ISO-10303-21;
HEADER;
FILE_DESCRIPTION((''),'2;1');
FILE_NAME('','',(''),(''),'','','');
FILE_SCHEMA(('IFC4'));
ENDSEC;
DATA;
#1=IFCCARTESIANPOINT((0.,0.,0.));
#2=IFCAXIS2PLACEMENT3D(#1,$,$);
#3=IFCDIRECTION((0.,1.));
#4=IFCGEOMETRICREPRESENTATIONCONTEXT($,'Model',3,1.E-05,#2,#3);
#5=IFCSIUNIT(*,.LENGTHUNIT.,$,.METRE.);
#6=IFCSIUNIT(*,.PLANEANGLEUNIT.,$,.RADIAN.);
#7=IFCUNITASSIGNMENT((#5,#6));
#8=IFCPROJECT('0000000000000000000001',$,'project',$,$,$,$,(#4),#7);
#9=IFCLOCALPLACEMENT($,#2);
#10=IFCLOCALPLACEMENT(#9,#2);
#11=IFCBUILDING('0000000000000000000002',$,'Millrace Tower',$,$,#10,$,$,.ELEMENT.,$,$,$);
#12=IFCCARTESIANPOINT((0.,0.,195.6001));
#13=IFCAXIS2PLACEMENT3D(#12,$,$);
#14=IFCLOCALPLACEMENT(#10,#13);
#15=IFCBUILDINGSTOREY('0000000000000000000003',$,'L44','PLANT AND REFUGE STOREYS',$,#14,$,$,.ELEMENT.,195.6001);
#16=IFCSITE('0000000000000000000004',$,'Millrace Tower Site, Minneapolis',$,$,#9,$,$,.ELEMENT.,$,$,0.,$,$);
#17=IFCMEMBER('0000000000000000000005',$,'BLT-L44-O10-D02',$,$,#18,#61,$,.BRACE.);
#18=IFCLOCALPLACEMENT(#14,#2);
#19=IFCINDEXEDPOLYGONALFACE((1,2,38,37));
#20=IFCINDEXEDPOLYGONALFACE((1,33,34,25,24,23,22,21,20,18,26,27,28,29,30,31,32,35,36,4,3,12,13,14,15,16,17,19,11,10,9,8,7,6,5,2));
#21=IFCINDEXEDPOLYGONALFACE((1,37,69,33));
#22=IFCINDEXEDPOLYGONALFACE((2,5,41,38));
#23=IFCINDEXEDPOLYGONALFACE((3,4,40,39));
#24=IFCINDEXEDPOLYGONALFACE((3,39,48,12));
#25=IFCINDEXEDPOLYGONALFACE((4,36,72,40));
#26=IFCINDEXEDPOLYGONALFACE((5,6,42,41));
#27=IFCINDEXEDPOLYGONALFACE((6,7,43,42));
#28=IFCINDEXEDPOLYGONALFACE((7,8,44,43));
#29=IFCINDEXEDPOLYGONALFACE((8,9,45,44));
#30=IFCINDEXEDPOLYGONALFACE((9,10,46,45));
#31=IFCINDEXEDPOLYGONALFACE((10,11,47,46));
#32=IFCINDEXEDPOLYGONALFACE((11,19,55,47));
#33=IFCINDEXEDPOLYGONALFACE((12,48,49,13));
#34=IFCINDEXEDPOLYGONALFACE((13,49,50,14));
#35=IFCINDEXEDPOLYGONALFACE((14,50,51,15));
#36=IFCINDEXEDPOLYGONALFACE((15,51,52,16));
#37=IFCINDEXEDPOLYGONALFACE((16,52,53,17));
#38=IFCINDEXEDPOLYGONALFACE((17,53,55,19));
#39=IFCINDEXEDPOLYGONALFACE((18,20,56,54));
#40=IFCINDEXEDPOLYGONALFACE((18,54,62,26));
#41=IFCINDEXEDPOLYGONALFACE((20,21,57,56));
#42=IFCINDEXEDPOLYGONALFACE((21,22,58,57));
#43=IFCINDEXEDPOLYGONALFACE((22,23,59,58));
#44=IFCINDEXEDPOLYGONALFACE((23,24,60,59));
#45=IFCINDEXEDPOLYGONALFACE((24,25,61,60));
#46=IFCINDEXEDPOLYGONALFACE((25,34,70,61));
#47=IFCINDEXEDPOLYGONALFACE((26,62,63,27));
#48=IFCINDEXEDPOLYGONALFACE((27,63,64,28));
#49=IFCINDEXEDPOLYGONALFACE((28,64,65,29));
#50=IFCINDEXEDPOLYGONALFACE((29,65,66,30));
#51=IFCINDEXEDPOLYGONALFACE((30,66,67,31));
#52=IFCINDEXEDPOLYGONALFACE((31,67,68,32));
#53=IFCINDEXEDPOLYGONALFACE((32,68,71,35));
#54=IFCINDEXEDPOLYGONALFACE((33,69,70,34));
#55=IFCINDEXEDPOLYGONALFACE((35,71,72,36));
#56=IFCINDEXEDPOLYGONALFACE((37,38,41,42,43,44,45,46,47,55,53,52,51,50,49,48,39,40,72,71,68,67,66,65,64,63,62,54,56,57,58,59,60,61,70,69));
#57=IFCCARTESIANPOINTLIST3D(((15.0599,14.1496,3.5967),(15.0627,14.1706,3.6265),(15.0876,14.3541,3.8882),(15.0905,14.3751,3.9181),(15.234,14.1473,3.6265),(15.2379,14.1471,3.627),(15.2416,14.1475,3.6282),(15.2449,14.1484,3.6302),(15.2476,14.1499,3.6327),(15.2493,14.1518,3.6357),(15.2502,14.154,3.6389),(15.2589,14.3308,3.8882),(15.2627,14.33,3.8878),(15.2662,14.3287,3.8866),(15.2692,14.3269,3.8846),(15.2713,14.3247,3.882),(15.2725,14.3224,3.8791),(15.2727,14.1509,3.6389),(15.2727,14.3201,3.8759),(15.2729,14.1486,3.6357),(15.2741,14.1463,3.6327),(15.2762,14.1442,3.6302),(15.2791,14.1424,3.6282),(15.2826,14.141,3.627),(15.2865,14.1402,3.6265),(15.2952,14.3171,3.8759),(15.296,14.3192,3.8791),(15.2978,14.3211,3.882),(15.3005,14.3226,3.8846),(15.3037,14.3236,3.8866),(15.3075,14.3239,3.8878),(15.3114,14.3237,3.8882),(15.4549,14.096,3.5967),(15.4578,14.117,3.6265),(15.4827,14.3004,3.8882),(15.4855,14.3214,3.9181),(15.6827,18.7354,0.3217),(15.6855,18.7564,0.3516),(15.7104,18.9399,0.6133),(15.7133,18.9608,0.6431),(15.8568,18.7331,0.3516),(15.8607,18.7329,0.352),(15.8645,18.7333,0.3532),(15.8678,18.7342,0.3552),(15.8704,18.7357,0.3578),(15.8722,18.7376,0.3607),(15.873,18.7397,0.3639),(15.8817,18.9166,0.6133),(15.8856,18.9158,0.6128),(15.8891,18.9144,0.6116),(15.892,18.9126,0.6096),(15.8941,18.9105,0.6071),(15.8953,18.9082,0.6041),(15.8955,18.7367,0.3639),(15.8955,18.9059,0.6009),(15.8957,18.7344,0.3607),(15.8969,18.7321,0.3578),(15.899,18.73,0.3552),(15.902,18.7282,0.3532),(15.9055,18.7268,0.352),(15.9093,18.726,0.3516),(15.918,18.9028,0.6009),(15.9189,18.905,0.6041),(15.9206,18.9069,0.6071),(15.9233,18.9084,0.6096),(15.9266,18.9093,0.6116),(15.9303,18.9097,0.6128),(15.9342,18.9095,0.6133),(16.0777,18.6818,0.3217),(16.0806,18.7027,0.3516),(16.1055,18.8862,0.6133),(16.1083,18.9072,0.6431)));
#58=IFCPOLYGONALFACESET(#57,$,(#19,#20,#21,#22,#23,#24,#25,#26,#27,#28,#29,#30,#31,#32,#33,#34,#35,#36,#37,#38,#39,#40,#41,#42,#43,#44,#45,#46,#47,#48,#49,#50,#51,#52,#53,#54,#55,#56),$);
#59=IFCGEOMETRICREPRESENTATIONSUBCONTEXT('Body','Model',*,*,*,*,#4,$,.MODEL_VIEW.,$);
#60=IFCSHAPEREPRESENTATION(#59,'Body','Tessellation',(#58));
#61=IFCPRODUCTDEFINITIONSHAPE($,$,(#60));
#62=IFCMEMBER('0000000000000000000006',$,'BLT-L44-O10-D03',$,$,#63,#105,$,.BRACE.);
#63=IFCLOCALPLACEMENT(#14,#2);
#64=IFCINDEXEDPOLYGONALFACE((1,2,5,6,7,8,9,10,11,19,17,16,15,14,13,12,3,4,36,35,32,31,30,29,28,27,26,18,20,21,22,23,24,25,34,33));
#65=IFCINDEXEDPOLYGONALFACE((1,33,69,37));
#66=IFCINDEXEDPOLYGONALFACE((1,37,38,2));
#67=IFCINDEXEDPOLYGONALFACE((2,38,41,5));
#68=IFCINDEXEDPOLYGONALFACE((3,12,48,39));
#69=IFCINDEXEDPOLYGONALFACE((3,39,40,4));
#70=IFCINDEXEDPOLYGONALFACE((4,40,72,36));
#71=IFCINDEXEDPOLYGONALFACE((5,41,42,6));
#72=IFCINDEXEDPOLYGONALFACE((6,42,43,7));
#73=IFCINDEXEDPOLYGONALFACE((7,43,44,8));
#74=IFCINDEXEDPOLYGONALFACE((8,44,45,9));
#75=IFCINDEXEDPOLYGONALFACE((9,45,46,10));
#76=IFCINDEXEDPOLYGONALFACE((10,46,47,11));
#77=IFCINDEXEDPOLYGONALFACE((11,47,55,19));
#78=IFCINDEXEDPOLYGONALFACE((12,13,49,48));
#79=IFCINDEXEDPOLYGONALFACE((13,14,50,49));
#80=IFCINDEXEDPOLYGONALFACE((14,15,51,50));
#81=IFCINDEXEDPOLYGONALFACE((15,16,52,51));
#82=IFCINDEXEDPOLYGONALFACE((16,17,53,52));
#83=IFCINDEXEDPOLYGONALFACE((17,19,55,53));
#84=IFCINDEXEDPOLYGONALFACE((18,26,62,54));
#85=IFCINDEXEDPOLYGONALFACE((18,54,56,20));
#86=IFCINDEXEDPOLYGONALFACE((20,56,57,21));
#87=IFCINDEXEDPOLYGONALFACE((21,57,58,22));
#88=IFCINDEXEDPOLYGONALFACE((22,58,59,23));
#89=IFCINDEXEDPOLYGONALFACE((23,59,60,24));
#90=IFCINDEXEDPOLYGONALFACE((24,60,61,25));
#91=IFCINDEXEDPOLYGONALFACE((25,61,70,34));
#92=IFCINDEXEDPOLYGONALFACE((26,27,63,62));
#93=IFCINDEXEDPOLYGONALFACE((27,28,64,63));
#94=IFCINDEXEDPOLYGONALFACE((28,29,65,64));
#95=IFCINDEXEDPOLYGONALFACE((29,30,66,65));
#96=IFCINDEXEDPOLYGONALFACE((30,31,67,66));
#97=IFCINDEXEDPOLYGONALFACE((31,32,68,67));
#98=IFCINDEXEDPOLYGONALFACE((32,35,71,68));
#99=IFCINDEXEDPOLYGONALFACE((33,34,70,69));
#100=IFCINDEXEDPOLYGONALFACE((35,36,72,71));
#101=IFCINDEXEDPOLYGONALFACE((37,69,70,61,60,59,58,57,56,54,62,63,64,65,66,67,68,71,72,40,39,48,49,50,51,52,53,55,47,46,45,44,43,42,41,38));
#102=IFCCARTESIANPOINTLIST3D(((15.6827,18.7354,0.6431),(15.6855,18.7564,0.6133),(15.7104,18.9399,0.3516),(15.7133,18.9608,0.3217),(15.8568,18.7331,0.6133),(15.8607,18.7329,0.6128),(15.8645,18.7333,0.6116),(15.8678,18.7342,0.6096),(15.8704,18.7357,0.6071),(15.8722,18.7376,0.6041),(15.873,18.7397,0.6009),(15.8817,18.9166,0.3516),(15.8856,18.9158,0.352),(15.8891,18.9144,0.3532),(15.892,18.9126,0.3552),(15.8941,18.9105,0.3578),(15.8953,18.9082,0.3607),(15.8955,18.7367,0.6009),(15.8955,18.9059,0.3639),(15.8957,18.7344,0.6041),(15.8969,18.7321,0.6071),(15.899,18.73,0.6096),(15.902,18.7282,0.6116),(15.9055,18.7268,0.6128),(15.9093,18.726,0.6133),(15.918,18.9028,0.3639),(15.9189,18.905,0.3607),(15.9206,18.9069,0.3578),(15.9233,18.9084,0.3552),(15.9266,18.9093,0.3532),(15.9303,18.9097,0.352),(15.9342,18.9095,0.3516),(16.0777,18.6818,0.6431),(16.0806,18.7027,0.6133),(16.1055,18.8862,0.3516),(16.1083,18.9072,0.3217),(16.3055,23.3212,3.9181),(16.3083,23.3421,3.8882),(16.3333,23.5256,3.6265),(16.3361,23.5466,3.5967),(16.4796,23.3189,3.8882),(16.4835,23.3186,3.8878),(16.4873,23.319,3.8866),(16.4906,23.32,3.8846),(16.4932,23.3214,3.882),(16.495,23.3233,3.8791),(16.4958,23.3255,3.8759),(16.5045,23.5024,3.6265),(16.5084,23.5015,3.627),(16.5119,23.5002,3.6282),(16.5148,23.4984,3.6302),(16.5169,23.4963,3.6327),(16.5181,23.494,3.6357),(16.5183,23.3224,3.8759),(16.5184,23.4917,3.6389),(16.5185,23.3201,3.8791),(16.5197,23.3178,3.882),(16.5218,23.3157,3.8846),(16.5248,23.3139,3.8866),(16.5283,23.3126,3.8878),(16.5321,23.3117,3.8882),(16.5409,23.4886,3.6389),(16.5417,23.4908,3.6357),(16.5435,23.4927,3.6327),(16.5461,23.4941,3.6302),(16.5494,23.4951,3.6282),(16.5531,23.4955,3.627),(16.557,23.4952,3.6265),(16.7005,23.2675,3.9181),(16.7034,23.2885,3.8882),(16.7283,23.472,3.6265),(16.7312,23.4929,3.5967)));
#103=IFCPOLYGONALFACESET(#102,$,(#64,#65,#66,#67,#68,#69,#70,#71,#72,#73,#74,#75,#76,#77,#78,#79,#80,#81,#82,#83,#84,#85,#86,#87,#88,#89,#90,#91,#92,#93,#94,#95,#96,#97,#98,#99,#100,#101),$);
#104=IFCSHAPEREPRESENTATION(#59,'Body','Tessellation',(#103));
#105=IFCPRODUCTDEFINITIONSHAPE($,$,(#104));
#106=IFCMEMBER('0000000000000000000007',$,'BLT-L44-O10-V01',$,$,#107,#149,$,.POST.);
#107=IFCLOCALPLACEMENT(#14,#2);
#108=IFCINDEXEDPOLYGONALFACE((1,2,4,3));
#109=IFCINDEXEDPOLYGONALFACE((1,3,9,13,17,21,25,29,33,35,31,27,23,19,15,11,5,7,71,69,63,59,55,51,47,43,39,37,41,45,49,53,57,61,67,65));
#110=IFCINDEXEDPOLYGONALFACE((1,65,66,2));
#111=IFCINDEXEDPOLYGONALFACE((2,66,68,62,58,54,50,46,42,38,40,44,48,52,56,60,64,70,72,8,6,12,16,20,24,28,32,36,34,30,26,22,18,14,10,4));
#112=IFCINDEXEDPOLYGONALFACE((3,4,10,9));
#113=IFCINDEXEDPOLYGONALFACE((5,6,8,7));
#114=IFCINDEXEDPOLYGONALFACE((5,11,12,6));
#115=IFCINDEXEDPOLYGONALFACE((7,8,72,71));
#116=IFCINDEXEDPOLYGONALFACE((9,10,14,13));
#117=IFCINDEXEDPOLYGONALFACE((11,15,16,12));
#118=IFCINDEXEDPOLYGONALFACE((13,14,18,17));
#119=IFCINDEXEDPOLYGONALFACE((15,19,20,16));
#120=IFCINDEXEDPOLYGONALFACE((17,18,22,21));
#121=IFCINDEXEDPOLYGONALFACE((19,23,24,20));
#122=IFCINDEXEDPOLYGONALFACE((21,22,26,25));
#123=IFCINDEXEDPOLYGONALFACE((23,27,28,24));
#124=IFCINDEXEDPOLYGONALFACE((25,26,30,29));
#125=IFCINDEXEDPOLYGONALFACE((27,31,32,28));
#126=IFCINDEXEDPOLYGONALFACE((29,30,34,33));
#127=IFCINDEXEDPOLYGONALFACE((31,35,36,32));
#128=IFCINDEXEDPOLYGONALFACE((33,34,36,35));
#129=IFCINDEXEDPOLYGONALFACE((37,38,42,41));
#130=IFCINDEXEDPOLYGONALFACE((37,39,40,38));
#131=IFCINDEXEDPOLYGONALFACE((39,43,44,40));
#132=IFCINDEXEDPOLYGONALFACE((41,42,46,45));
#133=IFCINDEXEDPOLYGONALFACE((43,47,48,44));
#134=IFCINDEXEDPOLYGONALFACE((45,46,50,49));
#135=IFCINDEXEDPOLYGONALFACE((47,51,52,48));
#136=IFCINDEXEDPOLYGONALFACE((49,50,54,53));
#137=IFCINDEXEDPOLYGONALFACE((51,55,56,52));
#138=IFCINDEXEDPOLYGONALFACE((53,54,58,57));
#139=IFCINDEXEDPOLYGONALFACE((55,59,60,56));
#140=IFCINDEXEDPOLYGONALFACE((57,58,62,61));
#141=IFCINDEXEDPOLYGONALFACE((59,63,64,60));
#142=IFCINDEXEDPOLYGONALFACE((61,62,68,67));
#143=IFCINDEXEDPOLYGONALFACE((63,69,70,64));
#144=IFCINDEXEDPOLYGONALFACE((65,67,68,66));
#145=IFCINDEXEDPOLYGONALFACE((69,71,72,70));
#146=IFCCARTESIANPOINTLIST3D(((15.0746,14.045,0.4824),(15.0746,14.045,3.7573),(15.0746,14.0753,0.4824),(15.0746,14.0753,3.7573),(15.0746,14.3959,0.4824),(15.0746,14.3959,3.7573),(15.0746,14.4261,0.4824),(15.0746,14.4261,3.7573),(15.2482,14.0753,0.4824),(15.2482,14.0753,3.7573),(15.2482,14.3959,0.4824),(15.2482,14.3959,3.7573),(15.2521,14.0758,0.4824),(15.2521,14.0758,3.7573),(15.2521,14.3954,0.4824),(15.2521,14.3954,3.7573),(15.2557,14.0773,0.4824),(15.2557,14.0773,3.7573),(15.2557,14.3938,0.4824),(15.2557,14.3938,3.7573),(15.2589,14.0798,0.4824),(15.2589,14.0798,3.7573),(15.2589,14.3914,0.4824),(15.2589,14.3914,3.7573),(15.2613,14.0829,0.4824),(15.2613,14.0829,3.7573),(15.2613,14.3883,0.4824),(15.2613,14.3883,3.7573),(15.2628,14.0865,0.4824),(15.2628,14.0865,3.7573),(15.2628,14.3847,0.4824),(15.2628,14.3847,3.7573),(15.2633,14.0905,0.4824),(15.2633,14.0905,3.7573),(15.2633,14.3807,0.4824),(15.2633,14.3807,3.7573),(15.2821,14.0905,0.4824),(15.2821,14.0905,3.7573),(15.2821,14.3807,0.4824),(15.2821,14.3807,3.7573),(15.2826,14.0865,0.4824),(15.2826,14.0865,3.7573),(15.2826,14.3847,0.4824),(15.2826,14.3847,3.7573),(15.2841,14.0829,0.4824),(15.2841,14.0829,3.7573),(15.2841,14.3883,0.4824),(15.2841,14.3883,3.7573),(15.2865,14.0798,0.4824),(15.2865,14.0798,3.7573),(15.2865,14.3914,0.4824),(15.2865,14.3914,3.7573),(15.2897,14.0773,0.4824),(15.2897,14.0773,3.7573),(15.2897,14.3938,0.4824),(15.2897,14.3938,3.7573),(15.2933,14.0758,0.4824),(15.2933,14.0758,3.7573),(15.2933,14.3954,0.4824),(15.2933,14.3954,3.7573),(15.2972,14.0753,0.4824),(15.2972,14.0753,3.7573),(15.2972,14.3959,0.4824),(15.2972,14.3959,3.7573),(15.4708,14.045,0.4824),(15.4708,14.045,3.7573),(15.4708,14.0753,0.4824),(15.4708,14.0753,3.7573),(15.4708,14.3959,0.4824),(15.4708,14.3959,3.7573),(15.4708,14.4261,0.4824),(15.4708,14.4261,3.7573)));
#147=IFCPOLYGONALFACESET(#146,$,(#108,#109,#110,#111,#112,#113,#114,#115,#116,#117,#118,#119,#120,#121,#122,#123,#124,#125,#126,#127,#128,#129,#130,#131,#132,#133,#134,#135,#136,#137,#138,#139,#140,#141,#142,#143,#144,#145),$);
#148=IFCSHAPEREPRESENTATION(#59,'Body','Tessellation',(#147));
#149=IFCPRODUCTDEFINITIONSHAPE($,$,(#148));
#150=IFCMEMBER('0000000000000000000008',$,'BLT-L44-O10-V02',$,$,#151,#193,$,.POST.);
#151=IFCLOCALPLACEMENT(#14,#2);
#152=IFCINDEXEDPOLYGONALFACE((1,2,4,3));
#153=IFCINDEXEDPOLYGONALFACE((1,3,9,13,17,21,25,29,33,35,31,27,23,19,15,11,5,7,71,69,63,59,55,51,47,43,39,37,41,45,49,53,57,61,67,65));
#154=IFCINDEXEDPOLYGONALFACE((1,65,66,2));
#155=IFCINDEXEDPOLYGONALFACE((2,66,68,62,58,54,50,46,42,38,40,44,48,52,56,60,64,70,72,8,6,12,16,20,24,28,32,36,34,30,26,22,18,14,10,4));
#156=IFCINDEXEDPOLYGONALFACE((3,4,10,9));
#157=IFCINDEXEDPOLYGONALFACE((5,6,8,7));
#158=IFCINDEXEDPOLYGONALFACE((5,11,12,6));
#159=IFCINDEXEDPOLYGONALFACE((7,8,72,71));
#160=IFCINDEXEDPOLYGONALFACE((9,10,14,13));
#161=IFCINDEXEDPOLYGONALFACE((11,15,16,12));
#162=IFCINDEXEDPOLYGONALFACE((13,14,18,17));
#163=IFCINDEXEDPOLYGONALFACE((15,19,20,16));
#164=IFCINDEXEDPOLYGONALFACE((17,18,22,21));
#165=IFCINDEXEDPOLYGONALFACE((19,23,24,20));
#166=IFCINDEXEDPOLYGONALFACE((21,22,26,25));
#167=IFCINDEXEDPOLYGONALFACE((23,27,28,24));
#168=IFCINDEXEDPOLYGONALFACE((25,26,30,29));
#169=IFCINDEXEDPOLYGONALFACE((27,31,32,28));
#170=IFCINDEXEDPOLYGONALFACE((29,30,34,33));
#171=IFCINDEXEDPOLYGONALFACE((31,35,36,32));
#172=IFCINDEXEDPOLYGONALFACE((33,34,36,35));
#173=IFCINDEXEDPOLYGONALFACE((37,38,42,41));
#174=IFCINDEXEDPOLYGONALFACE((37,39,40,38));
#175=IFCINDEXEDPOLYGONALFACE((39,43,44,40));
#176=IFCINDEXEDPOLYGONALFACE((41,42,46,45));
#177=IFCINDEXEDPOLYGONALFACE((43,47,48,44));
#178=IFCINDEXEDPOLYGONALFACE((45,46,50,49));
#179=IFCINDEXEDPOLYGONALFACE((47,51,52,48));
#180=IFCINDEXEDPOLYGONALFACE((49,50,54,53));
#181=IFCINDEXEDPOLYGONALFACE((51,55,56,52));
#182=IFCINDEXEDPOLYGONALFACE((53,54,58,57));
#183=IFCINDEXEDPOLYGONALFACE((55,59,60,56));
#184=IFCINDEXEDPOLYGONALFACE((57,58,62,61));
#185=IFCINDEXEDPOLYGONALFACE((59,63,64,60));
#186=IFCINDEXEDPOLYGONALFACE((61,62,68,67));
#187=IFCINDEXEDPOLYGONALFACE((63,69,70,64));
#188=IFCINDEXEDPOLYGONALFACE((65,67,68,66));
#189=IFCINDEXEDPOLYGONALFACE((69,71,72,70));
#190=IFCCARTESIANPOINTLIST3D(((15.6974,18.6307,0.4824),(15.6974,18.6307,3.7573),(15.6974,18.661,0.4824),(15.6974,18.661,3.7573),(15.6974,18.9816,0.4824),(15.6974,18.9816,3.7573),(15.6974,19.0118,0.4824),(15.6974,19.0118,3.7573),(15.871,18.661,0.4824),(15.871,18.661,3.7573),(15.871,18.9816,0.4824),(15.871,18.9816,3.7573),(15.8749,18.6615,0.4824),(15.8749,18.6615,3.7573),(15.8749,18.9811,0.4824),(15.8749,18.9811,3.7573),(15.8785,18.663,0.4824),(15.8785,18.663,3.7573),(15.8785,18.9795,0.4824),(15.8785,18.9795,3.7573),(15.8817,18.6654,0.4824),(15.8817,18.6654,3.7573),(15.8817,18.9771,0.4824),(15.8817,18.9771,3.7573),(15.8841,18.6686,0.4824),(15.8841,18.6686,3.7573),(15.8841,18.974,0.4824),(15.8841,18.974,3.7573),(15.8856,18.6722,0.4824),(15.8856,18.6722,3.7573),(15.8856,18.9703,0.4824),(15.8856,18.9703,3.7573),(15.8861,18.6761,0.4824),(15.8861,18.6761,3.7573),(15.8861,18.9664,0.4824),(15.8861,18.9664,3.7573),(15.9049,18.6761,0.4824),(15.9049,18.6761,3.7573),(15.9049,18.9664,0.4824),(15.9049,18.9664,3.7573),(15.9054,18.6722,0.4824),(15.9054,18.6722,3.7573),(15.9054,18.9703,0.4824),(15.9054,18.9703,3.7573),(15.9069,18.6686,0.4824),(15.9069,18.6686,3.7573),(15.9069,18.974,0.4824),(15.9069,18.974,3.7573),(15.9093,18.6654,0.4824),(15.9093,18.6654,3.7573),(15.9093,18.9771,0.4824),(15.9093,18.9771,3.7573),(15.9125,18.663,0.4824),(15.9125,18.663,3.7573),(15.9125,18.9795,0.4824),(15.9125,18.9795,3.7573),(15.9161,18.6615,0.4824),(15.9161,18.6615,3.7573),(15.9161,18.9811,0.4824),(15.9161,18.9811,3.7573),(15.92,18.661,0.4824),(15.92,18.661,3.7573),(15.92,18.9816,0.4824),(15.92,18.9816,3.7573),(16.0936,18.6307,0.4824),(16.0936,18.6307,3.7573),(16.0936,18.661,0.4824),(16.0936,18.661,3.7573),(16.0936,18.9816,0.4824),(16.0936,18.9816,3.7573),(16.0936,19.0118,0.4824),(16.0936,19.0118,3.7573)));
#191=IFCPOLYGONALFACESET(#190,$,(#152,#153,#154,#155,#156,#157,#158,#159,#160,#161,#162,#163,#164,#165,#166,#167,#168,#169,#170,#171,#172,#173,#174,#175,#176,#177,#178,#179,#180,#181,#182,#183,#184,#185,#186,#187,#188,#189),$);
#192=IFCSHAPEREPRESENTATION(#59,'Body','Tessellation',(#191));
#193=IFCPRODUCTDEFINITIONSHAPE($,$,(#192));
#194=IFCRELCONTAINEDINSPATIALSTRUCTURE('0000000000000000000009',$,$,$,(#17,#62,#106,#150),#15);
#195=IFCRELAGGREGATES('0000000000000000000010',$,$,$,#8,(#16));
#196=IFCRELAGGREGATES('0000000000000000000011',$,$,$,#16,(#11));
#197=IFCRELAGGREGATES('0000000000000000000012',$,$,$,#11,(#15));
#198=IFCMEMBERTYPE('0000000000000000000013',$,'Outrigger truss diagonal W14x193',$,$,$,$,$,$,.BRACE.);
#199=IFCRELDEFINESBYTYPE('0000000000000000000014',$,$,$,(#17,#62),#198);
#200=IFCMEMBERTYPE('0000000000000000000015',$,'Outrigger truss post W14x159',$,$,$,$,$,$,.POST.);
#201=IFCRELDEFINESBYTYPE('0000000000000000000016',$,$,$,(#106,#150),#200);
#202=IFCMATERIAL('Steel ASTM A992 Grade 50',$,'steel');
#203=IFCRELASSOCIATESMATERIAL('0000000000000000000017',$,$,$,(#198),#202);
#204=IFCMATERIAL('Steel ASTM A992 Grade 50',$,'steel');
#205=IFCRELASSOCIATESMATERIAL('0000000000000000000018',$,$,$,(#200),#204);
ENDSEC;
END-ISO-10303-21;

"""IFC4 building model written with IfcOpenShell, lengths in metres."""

from ifc_helpers import new_model, si_unit, direction, frame, origin, origin_2d, place, context, subcontext, project, spatial, i_section, extrude, material, material_profile, profile_set, type_object, element, save


model = new_model("IFC4")

# Units and contexts
model_context = context("Model", 3, precision=1e-05, world=origin(), true_north=direction((0.0, 1.0)))
body_context = subcontext(model_context, "Body", "Model", "MODEL_VIEW")
ifc_project = project(units=[si_unit("LENGTHUNIT", "METRE"), si_unit("PLANEANGLEUNIT", "RADIAN")], contexts=[model_context])

# Site, building, storey
site_placement = place(None, origin())
site = spatial("IfcSite", under=ifc_project, at=site_placement, Name="Millrace Tower Site, Minneapolis", CompositionType="ELEMENT", RefElevation=0.0)
building_placement = place(site_placement, origin())
building = spatial("IfcBuilding", under=site, at=building_placement, Name="Millrace Tower", CompositionType="ELEMENT")
storey_placement = place(building_placement, frame((0.0, 0.0, 195.6001)))
storey = spatial("IfcBuildingStorey", under=building, at=storey_placement, Name="L44", Description="PLANT AND REFUGE STOREYS", CompositionType="ELEMENT", Elevation=195.6001)

# Members
ifc_material_1 = material(Name="Steel ASTM A992 Grade 50", Category="steel")
ifc_material_profile_1 = material_profile(ifc_material_1, i_section(OverallWidth=0.3987, OverallDepth=0.3938, WebThickness=0.0227, FlangeThickness=0.0366, FilletRadius=0.0151, at=origin_2d()))
ifc_profile_set_1 = profile_set([ifc_material_profile_1], Name="Steel ASTM A992 Grade 50")
member_type_1 = type_object("IfcMemberType", Name="Outrigger truss diagonal W14x193", PredefinedType="BRACE", material=ifc_profile_set_1)
for number, where, z_axis, x_axis, name in (
    (1, (15.8955, 18.8213, 0.4824), (-0.109854, -0.808858, 0.577651), (0.990903, -0.134579, 0.0), "BLT-L44-O10-D02"),
    (2, (15.8955, 18.8213, 0.4824), (0.109854, 0.808858, 0.577651), (-0.990903, 0.134579, 0.0), "BLT-L44-O10-D03"),
):
    element("IfcMember", number, at=place(storey_placement, frame(where, z_axis=z_axis, x_axis=x_axis)), inside=storey, type_object=member_type_1, Name=name, PredefinedType="BRACE", context=body_context, shape_type="SweptSolid", body=[
        extrude(i_section(OverallWidth=0.3987, OverallDepth=0.3938, WebThickness=0.0227, FlangeThickness=0.0366, FilletRadius=0.0151, at=origin_2d()), origin(), (0.0, 0.0, 1.0), 5.6694),
    ])
ifc_material_2 = material(Name="Steel ASTM A992 Grade 50", Category="steel")
ifc_material_profile_2 = material_profile(ifc_material_2, i_section(OverallWidth=0.3962, OverallDepth=0.3811, WebThickness=0.0188, FlangeThickness=0.0303, FilletRadius=0.0151, at=origin_2d()))
ifc_profile_set_2 = profile_set([ifc_material_profile_2], Name="Steel ASTM A992 Grade 50")
member_type_2 = type_object("IfcMemberType", Name="Outrigger truss post W14x159", PredefinedType="POST", material=ifc_profile_set_2)
for number, where, z_axis, x_axis, name in (
    (3, (15.2727, 14.2356, 0.4824), (0.0, 0.0, 1.0), (1.0, 0.0, 0.0), "BLT-L44-O10-V01"),
    (4, (15.8955, 18.8213, 0.4824), (0.0, 0.0, 1.0), (1.0, 0.0, 0.0), "BLT-L44-O10-V02"),
):
    element("IfcMember", number, at=place(storey_placement, frame(where, z_axis=z_axis, x_axis=x_axis)), inside=storey, type_object=member_type_2, Name=name, PredefinedType="POST", context=body_context, shape_type="SweptSolid", body=[
        extrude(i_section(OverallWidth=0.3962, OverallDepth=0.3811, WebThickness=0.0188, FlangeThickness=0.0303, FilletRadius=0.0151, at=origin_2d()), origin(), (0.0, 0.0, 1.0), 3.2749),
    ])

save(model, "model.ifc")
